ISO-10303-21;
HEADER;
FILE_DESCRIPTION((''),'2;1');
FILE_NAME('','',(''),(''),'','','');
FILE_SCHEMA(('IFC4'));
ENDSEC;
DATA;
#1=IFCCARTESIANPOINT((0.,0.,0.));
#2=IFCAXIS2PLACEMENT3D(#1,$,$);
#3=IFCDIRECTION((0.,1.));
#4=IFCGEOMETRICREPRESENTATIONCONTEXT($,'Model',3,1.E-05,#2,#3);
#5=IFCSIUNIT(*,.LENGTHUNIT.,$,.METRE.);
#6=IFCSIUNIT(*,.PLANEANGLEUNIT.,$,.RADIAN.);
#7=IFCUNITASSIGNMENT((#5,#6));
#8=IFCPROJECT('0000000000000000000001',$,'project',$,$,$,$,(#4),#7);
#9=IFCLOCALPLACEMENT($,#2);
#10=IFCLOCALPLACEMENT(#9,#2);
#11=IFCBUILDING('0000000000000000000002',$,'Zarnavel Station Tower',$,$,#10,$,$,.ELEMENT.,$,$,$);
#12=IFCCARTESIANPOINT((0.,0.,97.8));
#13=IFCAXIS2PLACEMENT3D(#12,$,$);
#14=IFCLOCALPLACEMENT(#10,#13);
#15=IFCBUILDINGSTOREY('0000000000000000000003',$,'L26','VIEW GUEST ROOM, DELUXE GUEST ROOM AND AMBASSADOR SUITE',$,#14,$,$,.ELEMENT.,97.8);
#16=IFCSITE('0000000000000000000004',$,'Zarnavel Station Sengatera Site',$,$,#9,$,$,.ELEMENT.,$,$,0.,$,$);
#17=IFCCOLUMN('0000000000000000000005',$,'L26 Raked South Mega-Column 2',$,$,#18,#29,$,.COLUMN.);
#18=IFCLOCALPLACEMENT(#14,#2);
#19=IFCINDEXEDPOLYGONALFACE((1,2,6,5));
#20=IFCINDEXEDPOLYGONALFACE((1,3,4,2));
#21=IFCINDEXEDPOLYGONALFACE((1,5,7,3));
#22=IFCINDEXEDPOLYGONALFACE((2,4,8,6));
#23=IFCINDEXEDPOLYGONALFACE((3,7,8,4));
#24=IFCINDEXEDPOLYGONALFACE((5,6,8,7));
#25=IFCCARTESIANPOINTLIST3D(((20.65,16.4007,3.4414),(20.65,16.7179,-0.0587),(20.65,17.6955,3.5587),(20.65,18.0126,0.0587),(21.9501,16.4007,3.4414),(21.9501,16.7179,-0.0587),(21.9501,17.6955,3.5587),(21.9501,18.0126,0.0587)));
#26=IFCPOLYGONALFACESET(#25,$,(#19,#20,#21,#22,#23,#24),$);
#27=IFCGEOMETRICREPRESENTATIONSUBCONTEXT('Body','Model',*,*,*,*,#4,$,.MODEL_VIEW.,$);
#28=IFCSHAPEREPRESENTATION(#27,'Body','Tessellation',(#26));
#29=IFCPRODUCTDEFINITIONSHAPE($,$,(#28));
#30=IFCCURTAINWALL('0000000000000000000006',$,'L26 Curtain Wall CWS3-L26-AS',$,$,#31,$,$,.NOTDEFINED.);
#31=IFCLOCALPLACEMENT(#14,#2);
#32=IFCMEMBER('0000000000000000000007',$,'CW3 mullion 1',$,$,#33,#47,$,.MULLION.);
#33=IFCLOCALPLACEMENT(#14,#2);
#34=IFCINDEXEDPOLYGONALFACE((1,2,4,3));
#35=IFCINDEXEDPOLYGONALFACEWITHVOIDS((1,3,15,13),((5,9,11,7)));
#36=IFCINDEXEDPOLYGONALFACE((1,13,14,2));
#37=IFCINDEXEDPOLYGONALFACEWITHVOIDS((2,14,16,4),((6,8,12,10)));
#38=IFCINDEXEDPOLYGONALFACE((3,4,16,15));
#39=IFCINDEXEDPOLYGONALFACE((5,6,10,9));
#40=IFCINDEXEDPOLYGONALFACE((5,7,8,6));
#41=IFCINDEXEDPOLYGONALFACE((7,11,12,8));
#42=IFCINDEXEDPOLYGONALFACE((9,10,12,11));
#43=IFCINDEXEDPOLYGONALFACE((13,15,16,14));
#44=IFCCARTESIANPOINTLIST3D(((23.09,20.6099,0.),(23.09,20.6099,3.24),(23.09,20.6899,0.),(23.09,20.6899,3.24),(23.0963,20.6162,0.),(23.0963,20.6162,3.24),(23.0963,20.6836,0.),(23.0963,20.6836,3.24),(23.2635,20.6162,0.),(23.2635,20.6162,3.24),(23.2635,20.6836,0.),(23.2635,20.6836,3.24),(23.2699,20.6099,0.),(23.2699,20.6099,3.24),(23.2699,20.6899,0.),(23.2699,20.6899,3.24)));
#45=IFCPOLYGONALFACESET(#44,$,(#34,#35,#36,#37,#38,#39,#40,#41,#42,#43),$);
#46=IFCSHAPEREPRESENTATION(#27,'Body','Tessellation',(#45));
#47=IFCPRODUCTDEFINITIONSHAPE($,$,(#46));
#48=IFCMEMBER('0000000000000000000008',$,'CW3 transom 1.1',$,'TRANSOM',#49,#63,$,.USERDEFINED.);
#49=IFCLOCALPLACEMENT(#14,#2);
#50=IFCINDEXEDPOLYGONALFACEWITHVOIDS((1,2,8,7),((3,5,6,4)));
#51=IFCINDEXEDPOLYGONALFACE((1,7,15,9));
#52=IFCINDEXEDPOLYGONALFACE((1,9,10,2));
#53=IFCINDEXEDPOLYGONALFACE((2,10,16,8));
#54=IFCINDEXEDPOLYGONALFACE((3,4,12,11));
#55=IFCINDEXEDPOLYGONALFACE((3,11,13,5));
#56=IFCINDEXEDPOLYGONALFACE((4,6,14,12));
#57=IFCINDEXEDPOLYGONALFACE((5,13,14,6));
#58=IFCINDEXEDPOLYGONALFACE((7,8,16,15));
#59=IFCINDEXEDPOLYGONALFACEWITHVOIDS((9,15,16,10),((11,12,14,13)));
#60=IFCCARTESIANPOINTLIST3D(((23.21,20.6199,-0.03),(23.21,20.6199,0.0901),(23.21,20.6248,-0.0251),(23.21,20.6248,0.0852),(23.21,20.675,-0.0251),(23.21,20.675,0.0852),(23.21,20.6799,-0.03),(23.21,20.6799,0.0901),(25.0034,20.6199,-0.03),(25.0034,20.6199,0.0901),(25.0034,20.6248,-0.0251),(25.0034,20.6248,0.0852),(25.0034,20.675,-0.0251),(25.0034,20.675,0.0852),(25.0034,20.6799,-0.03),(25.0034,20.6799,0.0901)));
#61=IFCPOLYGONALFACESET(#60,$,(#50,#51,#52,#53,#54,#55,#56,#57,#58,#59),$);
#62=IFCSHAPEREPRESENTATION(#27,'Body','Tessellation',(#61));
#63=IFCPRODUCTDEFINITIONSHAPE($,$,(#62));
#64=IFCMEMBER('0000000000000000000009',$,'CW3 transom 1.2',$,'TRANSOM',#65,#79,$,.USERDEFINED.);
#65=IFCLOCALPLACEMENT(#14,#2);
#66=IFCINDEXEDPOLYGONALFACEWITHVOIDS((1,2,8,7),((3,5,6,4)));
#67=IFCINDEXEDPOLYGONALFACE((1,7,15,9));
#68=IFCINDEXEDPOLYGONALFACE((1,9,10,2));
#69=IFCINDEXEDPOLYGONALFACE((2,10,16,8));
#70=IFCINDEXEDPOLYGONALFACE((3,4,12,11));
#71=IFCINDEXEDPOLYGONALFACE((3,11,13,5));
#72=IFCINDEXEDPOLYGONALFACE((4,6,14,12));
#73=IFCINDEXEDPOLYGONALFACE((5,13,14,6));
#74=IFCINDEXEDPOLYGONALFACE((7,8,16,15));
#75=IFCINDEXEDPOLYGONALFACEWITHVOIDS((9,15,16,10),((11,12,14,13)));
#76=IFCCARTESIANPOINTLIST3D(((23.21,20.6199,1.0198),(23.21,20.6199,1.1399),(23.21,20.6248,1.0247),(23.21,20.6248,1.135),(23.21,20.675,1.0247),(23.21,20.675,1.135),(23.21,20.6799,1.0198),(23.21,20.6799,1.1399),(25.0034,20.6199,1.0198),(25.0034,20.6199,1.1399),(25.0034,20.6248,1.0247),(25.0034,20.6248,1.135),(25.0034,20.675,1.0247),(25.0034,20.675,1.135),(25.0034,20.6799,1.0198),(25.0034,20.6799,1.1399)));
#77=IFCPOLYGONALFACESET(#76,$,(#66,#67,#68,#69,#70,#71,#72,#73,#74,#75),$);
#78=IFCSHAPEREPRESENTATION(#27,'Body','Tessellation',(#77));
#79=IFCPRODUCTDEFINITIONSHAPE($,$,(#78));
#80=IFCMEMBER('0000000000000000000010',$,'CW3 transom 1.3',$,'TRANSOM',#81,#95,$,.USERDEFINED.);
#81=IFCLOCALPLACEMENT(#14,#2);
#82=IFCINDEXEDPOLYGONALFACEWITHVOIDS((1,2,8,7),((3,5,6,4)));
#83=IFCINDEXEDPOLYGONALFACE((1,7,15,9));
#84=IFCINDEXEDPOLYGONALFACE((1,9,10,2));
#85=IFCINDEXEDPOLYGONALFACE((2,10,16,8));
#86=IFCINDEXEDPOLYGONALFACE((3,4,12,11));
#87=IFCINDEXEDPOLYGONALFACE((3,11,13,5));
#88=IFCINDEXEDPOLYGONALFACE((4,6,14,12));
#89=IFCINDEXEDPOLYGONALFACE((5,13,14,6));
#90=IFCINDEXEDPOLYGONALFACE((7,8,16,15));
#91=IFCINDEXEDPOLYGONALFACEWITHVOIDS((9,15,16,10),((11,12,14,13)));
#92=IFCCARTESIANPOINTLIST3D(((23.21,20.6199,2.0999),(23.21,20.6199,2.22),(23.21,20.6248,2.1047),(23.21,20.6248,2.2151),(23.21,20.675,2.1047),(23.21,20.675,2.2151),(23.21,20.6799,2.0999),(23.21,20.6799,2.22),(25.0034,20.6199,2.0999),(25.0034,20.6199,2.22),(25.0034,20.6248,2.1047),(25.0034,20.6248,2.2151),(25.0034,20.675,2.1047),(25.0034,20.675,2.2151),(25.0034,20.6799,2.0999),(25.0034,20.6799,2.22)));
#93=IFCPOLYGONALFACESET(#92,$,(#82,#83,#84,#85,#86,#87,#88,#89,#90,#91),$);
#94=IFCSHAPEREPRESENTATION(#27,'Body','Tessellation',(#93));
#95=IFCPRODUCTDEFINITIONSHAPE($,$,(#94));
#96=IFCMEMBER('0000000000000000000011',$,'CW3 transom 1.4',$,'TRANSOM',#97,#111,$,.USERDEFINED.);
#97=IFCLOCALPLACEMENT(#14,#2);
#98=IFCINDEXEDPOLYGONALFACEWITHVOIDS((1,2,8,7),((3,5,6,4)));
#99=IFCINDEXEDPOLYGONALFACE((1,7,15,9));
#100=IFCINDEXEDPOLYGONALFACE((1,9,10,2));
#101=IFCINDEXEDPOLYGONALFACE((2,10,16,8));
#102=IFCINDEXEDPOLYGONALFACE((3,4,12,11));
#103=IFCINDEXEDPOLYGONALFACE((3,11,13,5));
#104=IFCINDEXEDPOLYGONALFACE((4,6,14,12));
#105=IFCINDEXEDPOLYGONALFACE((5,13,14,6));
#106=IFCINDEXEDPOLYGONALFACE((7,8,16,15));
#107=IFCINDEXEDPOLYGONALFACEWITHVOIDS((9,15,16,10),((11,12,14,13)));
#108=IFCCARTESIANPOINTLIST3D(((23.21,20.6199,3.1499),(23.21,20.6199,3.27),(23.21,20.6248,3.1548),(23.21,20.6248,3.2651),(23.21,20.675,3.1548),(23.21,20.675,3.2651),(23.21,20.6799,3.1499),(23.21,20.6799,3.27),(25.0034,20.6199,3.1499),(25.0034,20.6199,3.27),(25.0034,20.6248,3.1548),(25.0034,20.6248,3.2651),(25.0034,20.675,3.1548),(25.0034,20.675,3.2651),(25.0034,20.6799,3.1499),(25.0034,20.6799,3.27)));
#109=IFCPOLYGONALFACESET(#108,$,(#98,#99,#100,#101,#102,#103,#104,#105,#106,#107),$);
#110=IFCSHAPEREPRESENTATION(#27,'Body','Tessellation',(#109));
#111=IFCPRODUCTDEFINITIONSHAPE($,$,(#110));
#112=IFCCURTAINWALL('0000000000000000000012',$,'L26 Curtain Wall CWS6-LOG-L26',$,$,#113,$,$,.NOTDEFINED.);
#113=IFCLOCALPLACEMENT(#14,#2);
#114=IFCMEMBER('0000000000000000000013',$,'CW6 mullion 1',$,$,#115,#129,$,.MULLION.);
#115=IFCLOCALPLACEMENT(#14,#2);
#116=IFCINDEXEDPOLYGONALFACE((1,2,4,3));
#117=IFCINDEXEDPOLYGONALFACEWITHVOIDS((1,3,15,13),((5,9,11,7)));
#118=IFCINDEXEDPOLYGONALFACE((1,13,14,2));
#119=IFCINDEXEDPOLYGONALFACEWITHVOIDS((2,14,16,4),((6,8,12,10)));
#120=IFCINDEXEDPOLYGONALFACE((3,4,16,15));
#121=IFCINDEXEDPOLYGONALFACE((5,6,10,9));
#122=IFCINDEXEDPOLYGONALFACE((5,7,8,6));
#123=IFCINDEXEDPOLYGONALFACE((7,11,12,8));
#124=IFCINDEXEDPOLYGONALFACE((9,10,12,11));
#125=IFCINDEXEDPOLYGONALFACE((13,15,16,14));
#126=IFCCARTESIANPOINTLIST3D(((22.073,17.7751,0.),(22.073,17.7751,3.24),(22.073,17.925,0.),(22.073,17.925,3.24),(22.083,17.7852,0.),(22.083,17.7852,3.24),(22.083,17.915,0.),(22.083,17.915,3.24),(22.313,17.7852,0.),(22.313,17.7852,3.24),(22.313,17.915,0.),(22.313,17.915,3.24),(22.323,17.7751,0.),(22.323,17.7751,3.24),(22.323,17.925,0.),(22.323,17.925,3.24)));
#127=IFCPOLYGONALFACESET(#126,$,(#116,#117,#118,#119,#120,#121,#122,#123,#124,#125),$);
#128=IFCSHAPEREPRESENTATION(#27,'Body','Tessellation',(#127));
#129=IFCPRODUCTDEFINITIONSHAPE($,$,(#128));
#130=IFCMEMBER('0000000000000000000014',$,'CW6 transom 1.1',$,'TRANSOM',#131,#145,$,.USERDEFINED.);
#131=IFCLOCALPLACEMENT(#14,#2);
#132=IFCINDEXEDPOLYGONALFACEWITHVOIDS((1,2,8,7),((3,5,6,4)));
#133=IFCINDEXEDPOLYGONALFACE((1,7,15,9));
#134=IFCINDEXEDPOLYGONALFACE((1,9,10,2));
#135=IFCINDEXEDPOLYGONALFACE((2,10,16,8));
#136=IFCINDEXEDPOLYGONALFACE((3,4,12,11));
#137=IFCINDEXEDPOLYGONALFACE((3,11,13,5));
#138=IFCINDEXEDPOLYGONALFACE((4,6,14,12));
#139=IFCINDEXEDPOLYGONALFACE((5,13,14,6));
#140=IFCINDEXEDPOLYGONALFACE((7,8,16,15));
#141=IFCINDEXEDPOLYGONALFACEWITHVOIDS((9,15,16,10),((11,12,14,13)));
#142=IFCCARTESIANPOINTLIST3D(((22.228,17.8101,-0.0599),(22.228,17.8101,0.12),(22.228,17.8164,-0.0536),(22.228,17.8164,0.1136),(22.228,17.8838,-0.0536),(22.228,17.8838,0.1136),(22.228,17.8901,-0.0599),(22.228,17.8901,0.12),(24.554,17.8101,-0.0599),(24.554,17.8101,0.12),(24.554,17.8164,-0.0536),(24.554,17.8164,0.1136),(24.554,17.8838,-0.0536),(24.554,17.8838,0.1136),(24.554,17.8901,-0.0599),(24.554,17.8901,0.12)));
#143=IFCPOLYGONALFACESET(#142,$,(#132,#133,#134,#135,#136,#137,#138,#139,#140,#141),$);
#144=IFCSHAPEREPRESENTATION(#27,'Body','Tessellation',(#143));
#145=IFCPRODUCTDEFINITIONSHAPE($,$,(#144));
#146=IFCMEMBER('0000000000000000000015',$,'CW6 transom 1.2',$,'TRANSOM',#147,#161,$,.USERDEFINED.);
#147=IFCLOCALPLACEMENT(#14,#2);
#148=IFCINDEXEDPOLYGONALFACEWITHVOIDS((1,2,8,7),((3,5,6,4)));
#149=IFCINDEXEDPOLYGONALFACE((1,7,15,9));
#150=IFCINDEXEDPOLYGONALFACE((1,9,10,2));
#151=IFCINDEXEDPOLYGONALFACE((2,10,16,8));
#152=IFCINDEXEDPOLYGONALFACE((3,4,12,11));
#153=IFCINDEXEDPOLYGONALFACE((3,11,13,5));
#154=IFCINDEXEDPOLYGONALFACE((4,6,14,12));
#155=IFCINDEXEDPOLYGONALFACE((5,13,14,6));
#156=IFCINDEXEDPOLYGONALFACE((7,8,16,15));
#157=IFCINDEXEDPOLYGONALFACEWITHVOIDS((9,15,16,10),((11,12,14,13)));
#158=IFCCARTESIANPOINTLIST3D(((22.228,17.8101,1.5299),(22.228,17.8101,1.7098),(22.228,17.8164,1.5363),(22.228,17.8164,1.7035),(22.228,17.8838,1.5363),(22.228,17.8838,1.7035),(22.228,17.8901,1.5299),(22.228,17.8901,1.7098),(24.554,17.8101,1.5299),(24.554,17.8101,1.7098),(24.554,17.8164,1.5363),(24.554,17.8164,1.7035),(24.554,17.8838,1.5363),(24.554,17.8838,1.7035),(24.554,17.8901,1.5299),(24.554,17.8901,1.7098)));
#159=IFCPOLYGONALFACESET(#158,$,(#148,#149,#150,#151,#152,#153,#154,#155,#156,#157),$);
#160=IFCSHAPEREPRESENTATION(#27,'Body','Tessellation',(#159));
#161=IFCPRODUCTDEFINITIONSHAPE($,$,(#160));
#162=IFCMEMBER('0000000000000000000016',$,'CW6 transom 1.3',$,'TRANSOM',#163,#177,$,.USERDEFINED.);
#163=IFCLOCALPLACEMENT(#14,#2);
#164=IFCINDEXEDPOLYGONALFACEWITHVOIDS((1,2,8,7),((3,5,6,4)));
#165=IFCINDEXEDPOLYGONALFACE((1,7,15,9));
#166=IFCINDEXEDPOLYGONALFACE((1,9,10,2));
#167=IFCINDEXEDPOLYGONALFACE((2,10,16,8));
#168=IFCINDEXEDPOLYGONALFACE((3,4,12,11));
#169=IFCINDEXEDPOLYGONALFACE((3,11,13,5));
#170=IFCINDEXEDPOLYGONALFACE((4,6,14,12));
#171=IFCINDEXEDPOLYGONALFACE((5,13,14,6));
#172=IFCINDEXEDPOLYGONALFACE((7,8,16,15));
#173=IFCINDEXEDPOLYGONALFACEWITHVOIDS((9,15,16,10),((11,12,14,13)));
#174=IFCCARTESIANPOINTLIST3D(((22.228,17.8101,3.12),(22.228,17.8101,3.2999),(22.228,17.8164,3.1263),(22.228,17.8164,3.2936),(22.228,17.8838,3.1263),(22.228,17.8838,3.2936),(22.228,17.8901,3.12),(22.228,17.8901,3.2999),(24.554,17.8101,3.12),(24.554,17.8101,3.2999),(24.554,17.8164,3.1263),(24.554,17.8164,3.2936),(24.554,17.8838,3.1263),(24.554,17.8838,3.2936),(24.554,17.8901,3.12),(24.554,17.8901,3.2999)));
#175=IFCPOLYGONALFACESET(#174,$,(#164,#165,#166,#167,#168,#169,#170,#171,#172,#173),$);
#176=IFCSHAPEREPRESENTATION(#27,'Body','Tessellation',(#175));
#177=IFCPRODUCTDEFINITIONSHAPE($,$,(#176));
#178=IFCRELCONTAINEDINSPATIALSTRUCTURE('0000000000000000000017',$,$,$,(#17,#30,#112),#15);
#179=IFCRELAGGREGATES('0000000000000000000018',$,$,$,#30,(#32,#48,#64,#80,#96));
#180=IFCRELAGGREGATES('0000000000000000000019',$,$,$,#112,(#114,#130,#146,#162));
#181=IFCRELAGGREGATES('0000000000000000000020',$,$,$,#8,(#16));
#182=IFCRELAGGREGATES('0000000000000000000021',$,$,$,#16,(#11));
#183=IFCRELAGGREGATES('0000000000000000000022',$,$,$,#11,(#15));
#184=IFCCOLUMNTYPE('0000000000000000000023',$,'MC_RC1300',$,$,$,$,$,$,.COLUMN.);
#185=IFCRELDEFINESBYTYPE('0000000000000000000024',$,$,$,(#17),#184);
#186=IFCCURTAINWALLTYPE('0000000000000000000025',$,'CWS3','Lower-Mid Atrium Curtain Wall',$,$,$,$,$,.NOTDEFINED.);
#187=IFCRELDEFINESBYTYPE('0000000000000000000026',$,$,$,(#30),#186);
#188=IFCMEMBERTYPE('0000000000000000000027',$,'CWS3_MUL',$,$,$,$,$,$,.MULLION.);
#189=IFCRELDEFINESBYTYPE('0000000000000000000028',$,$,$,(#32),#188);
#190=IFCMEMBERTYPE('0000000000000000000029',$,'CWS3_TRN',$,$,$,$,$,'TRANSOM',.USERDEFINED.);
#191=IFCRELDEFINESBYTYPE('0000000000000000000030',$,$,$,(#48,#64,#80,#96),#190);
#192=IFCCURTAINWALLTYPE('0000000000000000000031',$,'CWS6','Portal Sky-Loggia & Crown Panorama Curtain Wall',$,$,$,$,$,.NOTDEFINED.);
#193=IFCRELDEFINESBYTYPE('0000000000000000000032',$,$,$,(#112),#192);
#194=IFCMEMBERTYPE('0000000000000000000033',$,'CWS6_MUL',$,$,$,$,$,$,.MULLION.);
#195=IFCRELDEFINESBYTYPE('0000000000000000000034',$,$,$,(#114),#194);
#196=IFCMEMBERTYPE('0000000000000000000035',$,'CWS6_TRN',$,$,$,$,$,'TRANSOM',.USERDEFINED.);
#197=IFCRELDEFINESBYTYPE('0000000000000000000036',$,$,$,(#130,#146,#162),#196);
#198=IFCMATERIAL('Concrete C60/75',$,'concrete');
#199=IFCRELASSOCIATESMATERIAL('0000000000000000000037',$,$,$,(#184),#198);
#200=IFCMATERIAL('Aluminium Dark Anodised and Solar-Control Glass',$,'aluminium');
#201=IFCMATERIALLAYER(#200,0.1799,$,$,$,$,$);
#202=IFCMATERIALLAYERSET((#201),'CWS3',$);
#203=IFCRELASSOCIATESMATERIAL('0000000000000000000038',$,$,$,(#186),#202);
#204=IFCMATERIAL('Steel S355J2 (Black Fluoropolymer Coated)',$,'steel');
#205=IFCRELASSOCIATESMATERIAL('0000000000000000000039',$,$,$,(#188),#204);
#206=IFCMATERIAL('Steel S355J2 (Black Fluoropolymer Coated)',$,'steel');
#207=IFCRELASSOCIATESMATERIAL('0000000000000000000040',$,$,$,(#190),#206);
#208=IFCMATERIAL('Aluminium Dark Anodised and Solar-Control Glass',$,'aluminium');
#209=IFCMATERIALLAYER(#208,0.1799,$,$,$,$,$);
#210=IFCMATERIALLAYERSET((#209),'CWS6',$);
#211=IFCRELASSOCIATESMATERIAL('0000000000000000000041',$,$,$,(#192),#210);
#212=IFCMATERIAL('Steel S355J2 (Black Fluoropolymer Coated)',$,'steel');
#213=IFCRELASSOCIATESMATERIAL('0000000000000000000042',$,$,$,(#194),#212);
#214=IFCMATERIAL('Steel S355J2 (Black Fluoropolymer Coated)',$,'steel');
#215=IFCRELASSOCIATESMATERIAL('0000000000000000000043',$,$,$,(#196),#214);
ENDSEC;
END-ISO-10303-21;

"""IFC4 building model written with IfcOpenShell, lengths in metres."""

from ifc_helpers import new_model, si_unit, direction, frame, origin, origin_2d, place, context, subcontext, project, spatial, rectangle, hollow_rectangle, extrude, material, layer, layer_set, material_profile, profile_set, type_object, element, aggregate, save


model = new_model("IFC4")

# Units and contexts
model_context = context("Model", 3, precision=1e-05, world=origin(), true_north=direction((0.0, 1.0)))
body_context = subcontext(model_context, "Body", "Model", "MODEL_VIEW")
ifc_project = project(units=[si_unit("LENGTHUNIT", "METRE"), si_unit("PLANEANGLEUNIT", "RADIAN")], contexts=[model_context])

# Site, building, storey
site_placement = place(None, origin())
site = spatial("IfcSite", under=ifc_project, at=site_placement, Name="Zarnavel Station Sengatera Site", CompositionType="ELEMENT", RefElevation=0.0)
building_placement = place(site_placement, origin())
building = spatial("IfcBuilding", under=site, at=building_placement, Name="Zarnavel Station Tower", CompositionType="ELEMENT")
storey_placement = place(building_placement, frame((0.0, 0.0, 97.8)))
storey = spatial("IfcBuildingStorey", under=building, at=storey_placement, Name="L26", Description="VIEW GUEST ROOM, DELUXE GUEST ROOM AND AMBASSADOR SUITE", CompositionType="ELEMENT", Elevation=97.8)

# Column
ifc_material_1 = material(Name="Concrete C60/75", Category="concrete")
ifc_material_profile_1 = material_profile(ifc_material_1, rectangle(XDim=1.3, YDim=1.3, at=origin_2d()), Name="RC1300x1300")
ifc_profile_set_1 = profile_set([ifc_material_profile_1], Name="Concrete C60/75")
column_type = type_object("IfcColumnType", Name="MC_RC1300", PredefinedType="COLUMN", material=ifc_profile_set_1)
column_placement = place(storey_placement, frame((21.3, 17.3652, 0.0), z_axis=(0.0, -0.090241, 0.99592), x_axis=(1.0, 0.0, 0.0)))
element("IfcColumn", 1, at=column_placement, inside=storey, type_object=column_type, Name="L26 Raked South Mega-Column 2", PredefinedType="COLUMN", context=body_context, shape_type="SweptSolid", body=[
    extrude(rectangle(XDim=1.3, YDim=1.3, at=origin_2d()), origin(), (0.0, 0.0, 1.0), 3.5144),
])

# Curtain walls, members
ifc_material_2 = material(Name="Aluminium Dark Anodised and Solar-Control Glass", Category="aluminium")
ifc_layer_1 = layer(ifc_material_2, 0.1799)
ifc_layer_set_1 = layer_set([ifc_layer_1], Name="CWS3")
curtain_wall_type_1 = type_object("IfcCurtainWallType", Name="CWS3", Description="Lower-Mid Atrium Curtain Wall", PredefinedType="NOTDEFINED", material=ifc_layer_set_1)
curtain_wall_1_placement = place(storey_placement, origin())
curtain_wall_1 = element("IfcCurtainWall", 2, at=curtain_wall_1_placement, inside=storey, type_object=curtain_wall_type_1, Name="L26 Curtain Wall CWS3-L26-AS", PredefinedType="NOTDEFINED")
ifc_material_3 = material(Name="Steel S355J2 (Black Fluoropolymer Coated)", Category="steel")
ifc_material_profile_2 = material_profile(ifc_material_3, hollow_rectangle(XDim=0.0801, YDim=0.1799, WallThickness=0.0063, at=origin_2d()), Name="RHS180x80x6.3")
ifc_profile_set_2 = profile_set([ifc_material_profile_2], Name="Steel S355J2 (Black Fluoropolymer Coated)")
member_type_1 = type_object("IfcMemberType", Name="CWS3_MUL", PredefinedType="MULLION", material=ifc_profile_set_2)
member_1_placement = place(storey_placement, frame((23.1799, 20.6499, 0.0), z_axis=(0.0, 0.0, 1.0), x_axis=(0.0, 1.0, 0.0)))
member_1 = element("IfcMember", 3, at=member_1_placement, type_object=member_type_1, Name="CW3 mullion 1", PredefinedType="MULLION", context=body_context, shape_type="SweptSolid", body=[
    extrude(hollow_rectangle(XDim=0.0801, YDim=0.1799, WallThickness=0.0063, at=origin_2d()), origin(), (0.0, 0.0, 1.0), 3.24),
])
ifc_material_4 = material(Name="Steel S355J2 (Black Fluoropolymer Coated)", Category="steel")
ifc_material_profile_3 = material_profile(ifc_material_4, hollow_rectangle(XDim=0.0601, YDim=0.1201, WallThickness=0.0049, at=origin_2d()), Name="RHS120x60x5")
ifc_profile_set_3 = profile_set([ifc_material_profile_3], Name="Steel S355J2 (Black Fluoropolymer Coated)")
member_type_2 = type_object("IfcMemberType", Name="CWS3_TRN", ElementType="TRANSOM", PredefinedType="USERDEFINED", material=ifc_profile_set_3)
member_2_placement = place(storey_placement, frame((23.21, 20.6499, 0.03), z_axis=(1.0, 0.0, 0.0), x_axis=(0.0, 1.0, 0.0)))
member_2 = element("IfcMember", 4, at=member_2_placement, type_object=member_type_2, Name="CW3 transom 1.1", ObjectType="TRANSOM", PredefinedType="USERDEFINED", context=body_context, shape_type="SweptSolid", body=[
    extrude(hollow_rectangle(XDim=0.0601, YDim=0.1201, WallThickness=0.0049, at=origin_2d()), origin(), (0.0, 0.0, 1.0), 1.7935),
])
member_3_placement = place(storey_placement, frame((23.21, 20.6499, 1.0798), z_axis=(1.0, 0.0, 0.0), x_axis=(0.0, 1.0, 0.0)))
member_3 = element("IfcMember", 5, at=member_3_placement, type_object=member_type_2, Name="CW3 transom 1.2", ObjectType="TRANSOM", PredefinedType="USERDEFINED", context=body_context, shape_type="SweptSolid", body=[
    extrude(hollow_rectangle(XDim=0.0601, YDim=0.1201, WallThickness=0.0049, at=origin_2d()), origin(), (0.0, 0.0, 1.0), 1.7935),
])
member_4_placement = place(storey_placement, frame((23.21, 20.6499, 2.1599), z_axis=(1.0, 0.0, 0.0), x_axis=(0.0, 1.0, 0.0)))
member_4 = element("IfcMember", 6, at=member_4_placement, type_object=member_type_2, Name="CW3 transom 1.3", ObjectType="TRANSOM", PredefinedType="USERDEFINED", context=body_context, shape_type="SweptSolid", body=[
    extrude(hollow_rectangle(XDim=0.0601, YDim=0.1201, WallThickness=0.0049, at=origin_2d()), origin(), (0.0, 0.0, 1.0), 1.7935),
])
member_5_placement = place(storey_placement, frame((23.21, 20.6499, 3.21), z_axis=(1.0, 0.0, 0.0), x_axis=(0.0, 1.0, 0.0)))
member_5 = element("IfcMember", 7, at=member_5_placement, type_object=member_type_2, Name="CW3 transom 1.4", ObjectType="TRANSOM", PredefinedType="USERDEFINED", context=body_context, shape_type="SweptSolid", body=[
    extrude(hollow_rectangle(XDim=0.0601, YDim=0.1201, WallThickness=0.0049, at=origin_2d()), origin(), (0.0, 0.0, 1.0), 1.7935),
])
aggregate(curtain_wall_1, [member_1, member_2, member_3, member_4, member_5])
ifc_material_5 = material(Name="Aluminium Dark Anodised and Solar-Control Glass", Category="aluminium")
ifc_layer_2 = layer(ifc_material_5, 0.1799)
ifc_layer_set_2 = layer_set([ifc_layer_2], Name="CWS6")
curtain_wall_type_2 = type_object("IfcCurtainWallType", Name="CWS6", Description="Portal Sky-Loggia & Crown Panorama Curtain Wall", PredefinedType="NOTDEFINED", material=ifc_layer_set_2)
curtain_wall_2_placement = place(storey_placement, origin())
curtain_wall_2 = element("IfcCurtainWall", 8, at=curtain_wall_2_placement, inside=storey, type_object=curtain_wall_type_2, Name="L26 Curtain Wall CWS6-LOG-L26", PredefinedType="NOTDEFINED")
ifc_material_6 = material(Name="Steel S355J2 (Black Fluoropolymer Coated)", Category="steel")
ifc_material_profile_4 = material_profile(ifc_material_6, hollow_rectangle(XDim=0.1499, YDim=0.25, WallThickness=0.01, at=origin_2d()), Name="RHS250x150x10")
ifc_profile_set_4 = profile_set([ifc_material_profile_4], Name="Steel S355J2 (Black Fluoropolymer Coated)")
member_type_3 = type_object("IfcMemberType", Name="CWS6_MUL", PredefinedType="MULLION", material=ifc_profile_set_4)
member_6_placement = place(storey_placement, frame((22.198, 17.8501, 0.0), z_axis=(0.0, 0.0, 1.0), x_axis=(0.0, 1.0, 0.0)))
member_6 = element("IfcMember", 9, at=member_6_placement, type_object=member_type_3, Name="CW6 mullion 1", PredefinedType="MULLION", context=body_context, shape_type="SweptSolid", body=[
    extrude(hollow_rectangle(XDim=0.1499, YDim=0.25, WallThickness=0.01, at=origin_2d()), origin(), (0.0, 0.0, 1.0), 3.24),
])
ifc_material_7 = material(Name="Steel S355J2 (Black Fluoropolymer Coated)", Category="steel")
ifc_material_profile_5 = material_profile(ifc_material_7, hollow_rectangle(XDim=0.0801, YDim=0.1799, WallThickness=0.0063, at=origin_2d()), Name="RHS180x80x6.3")
ifc_profile_set_5 = profile_set([ifc_material_profile_5], Name="Steel S355J2 (Black Fluoropolymer Coated)")
member_type_4 = type_object("IfcMemberType", Name="CWS6_TRN", ElementType="TRANSOM", PredefinedType="USERDEFINED", material=ifc_profile_set_5)
member_7_placement = place(storey_placement, frame((22.228, 17.8501, 0.03), z_axis=(1.0, 0.0, 0.0), x_axis=(0.0, 1.0, 0.0)))
member_7 = element("IfcMember", 10, at=member_7_placement, type_object=member_type_4, Name="CW6 transom 1.1", ObjectType="TRANSOM", PredefinedType="USERDEFINED", context=body_context, shape_type="SweptSolid", body=[
    extrude(hollow_rectangle(XDim=0.0801, YDim=0.1799, WallThickness=0.0063, at=origin_2d()), origin(), (0.0, 0.0, 1.0), 2.3259),
])
member_8_placement = place(storey_placement, frame((22.228, 17.8501, 1.6199), z_axis=(1.0, 0.0, 0.0), x_axis=(0.0, 1.0, 0.0)))
member_8 = element("IfcMember", 11, at=member_8_placement, type_object=member_type_4, Name="CW6 transom 1.2", ObjectType="TRANSOM", PredefinedType="USERDEFINED", context=body_context, shape_type="SweptSolid", body=[
    extrude(hollow_rectangle(XDim=0.0801, YDim=0.1799, WallThickness=0.0063, at=origin_2d()), origin(), (0.0, 0.0, 1.0), 2.3259),
])
member_9_placement = place(storey_placement, frame((22.228, 17.8501, 3.21), z_axis=(1.0, 0.0, 0.0), x_axis=(0.0, 1.0, 0.0)))
member_9 = element("IfcMember", 12, at=member_9_placement, type_object=member_type_4, Name="CW6 transom 1.3", ObjectType="TRANSOM", PredefinedType="USERDEFINED", context=body_context, shape_type="SweptSolid", body=[
    extrude(hollow_rectangle(XDim=0.0801, YDim=0.1799, WallThickness=0.0063, at=origin_2d()), origin(), (0.0, 0.0, 1.0), 2.3259),
])
aggregate(curtain_wall_2, [member_6, member_7, member_8, member_9])

save(model, "model.ifc")
